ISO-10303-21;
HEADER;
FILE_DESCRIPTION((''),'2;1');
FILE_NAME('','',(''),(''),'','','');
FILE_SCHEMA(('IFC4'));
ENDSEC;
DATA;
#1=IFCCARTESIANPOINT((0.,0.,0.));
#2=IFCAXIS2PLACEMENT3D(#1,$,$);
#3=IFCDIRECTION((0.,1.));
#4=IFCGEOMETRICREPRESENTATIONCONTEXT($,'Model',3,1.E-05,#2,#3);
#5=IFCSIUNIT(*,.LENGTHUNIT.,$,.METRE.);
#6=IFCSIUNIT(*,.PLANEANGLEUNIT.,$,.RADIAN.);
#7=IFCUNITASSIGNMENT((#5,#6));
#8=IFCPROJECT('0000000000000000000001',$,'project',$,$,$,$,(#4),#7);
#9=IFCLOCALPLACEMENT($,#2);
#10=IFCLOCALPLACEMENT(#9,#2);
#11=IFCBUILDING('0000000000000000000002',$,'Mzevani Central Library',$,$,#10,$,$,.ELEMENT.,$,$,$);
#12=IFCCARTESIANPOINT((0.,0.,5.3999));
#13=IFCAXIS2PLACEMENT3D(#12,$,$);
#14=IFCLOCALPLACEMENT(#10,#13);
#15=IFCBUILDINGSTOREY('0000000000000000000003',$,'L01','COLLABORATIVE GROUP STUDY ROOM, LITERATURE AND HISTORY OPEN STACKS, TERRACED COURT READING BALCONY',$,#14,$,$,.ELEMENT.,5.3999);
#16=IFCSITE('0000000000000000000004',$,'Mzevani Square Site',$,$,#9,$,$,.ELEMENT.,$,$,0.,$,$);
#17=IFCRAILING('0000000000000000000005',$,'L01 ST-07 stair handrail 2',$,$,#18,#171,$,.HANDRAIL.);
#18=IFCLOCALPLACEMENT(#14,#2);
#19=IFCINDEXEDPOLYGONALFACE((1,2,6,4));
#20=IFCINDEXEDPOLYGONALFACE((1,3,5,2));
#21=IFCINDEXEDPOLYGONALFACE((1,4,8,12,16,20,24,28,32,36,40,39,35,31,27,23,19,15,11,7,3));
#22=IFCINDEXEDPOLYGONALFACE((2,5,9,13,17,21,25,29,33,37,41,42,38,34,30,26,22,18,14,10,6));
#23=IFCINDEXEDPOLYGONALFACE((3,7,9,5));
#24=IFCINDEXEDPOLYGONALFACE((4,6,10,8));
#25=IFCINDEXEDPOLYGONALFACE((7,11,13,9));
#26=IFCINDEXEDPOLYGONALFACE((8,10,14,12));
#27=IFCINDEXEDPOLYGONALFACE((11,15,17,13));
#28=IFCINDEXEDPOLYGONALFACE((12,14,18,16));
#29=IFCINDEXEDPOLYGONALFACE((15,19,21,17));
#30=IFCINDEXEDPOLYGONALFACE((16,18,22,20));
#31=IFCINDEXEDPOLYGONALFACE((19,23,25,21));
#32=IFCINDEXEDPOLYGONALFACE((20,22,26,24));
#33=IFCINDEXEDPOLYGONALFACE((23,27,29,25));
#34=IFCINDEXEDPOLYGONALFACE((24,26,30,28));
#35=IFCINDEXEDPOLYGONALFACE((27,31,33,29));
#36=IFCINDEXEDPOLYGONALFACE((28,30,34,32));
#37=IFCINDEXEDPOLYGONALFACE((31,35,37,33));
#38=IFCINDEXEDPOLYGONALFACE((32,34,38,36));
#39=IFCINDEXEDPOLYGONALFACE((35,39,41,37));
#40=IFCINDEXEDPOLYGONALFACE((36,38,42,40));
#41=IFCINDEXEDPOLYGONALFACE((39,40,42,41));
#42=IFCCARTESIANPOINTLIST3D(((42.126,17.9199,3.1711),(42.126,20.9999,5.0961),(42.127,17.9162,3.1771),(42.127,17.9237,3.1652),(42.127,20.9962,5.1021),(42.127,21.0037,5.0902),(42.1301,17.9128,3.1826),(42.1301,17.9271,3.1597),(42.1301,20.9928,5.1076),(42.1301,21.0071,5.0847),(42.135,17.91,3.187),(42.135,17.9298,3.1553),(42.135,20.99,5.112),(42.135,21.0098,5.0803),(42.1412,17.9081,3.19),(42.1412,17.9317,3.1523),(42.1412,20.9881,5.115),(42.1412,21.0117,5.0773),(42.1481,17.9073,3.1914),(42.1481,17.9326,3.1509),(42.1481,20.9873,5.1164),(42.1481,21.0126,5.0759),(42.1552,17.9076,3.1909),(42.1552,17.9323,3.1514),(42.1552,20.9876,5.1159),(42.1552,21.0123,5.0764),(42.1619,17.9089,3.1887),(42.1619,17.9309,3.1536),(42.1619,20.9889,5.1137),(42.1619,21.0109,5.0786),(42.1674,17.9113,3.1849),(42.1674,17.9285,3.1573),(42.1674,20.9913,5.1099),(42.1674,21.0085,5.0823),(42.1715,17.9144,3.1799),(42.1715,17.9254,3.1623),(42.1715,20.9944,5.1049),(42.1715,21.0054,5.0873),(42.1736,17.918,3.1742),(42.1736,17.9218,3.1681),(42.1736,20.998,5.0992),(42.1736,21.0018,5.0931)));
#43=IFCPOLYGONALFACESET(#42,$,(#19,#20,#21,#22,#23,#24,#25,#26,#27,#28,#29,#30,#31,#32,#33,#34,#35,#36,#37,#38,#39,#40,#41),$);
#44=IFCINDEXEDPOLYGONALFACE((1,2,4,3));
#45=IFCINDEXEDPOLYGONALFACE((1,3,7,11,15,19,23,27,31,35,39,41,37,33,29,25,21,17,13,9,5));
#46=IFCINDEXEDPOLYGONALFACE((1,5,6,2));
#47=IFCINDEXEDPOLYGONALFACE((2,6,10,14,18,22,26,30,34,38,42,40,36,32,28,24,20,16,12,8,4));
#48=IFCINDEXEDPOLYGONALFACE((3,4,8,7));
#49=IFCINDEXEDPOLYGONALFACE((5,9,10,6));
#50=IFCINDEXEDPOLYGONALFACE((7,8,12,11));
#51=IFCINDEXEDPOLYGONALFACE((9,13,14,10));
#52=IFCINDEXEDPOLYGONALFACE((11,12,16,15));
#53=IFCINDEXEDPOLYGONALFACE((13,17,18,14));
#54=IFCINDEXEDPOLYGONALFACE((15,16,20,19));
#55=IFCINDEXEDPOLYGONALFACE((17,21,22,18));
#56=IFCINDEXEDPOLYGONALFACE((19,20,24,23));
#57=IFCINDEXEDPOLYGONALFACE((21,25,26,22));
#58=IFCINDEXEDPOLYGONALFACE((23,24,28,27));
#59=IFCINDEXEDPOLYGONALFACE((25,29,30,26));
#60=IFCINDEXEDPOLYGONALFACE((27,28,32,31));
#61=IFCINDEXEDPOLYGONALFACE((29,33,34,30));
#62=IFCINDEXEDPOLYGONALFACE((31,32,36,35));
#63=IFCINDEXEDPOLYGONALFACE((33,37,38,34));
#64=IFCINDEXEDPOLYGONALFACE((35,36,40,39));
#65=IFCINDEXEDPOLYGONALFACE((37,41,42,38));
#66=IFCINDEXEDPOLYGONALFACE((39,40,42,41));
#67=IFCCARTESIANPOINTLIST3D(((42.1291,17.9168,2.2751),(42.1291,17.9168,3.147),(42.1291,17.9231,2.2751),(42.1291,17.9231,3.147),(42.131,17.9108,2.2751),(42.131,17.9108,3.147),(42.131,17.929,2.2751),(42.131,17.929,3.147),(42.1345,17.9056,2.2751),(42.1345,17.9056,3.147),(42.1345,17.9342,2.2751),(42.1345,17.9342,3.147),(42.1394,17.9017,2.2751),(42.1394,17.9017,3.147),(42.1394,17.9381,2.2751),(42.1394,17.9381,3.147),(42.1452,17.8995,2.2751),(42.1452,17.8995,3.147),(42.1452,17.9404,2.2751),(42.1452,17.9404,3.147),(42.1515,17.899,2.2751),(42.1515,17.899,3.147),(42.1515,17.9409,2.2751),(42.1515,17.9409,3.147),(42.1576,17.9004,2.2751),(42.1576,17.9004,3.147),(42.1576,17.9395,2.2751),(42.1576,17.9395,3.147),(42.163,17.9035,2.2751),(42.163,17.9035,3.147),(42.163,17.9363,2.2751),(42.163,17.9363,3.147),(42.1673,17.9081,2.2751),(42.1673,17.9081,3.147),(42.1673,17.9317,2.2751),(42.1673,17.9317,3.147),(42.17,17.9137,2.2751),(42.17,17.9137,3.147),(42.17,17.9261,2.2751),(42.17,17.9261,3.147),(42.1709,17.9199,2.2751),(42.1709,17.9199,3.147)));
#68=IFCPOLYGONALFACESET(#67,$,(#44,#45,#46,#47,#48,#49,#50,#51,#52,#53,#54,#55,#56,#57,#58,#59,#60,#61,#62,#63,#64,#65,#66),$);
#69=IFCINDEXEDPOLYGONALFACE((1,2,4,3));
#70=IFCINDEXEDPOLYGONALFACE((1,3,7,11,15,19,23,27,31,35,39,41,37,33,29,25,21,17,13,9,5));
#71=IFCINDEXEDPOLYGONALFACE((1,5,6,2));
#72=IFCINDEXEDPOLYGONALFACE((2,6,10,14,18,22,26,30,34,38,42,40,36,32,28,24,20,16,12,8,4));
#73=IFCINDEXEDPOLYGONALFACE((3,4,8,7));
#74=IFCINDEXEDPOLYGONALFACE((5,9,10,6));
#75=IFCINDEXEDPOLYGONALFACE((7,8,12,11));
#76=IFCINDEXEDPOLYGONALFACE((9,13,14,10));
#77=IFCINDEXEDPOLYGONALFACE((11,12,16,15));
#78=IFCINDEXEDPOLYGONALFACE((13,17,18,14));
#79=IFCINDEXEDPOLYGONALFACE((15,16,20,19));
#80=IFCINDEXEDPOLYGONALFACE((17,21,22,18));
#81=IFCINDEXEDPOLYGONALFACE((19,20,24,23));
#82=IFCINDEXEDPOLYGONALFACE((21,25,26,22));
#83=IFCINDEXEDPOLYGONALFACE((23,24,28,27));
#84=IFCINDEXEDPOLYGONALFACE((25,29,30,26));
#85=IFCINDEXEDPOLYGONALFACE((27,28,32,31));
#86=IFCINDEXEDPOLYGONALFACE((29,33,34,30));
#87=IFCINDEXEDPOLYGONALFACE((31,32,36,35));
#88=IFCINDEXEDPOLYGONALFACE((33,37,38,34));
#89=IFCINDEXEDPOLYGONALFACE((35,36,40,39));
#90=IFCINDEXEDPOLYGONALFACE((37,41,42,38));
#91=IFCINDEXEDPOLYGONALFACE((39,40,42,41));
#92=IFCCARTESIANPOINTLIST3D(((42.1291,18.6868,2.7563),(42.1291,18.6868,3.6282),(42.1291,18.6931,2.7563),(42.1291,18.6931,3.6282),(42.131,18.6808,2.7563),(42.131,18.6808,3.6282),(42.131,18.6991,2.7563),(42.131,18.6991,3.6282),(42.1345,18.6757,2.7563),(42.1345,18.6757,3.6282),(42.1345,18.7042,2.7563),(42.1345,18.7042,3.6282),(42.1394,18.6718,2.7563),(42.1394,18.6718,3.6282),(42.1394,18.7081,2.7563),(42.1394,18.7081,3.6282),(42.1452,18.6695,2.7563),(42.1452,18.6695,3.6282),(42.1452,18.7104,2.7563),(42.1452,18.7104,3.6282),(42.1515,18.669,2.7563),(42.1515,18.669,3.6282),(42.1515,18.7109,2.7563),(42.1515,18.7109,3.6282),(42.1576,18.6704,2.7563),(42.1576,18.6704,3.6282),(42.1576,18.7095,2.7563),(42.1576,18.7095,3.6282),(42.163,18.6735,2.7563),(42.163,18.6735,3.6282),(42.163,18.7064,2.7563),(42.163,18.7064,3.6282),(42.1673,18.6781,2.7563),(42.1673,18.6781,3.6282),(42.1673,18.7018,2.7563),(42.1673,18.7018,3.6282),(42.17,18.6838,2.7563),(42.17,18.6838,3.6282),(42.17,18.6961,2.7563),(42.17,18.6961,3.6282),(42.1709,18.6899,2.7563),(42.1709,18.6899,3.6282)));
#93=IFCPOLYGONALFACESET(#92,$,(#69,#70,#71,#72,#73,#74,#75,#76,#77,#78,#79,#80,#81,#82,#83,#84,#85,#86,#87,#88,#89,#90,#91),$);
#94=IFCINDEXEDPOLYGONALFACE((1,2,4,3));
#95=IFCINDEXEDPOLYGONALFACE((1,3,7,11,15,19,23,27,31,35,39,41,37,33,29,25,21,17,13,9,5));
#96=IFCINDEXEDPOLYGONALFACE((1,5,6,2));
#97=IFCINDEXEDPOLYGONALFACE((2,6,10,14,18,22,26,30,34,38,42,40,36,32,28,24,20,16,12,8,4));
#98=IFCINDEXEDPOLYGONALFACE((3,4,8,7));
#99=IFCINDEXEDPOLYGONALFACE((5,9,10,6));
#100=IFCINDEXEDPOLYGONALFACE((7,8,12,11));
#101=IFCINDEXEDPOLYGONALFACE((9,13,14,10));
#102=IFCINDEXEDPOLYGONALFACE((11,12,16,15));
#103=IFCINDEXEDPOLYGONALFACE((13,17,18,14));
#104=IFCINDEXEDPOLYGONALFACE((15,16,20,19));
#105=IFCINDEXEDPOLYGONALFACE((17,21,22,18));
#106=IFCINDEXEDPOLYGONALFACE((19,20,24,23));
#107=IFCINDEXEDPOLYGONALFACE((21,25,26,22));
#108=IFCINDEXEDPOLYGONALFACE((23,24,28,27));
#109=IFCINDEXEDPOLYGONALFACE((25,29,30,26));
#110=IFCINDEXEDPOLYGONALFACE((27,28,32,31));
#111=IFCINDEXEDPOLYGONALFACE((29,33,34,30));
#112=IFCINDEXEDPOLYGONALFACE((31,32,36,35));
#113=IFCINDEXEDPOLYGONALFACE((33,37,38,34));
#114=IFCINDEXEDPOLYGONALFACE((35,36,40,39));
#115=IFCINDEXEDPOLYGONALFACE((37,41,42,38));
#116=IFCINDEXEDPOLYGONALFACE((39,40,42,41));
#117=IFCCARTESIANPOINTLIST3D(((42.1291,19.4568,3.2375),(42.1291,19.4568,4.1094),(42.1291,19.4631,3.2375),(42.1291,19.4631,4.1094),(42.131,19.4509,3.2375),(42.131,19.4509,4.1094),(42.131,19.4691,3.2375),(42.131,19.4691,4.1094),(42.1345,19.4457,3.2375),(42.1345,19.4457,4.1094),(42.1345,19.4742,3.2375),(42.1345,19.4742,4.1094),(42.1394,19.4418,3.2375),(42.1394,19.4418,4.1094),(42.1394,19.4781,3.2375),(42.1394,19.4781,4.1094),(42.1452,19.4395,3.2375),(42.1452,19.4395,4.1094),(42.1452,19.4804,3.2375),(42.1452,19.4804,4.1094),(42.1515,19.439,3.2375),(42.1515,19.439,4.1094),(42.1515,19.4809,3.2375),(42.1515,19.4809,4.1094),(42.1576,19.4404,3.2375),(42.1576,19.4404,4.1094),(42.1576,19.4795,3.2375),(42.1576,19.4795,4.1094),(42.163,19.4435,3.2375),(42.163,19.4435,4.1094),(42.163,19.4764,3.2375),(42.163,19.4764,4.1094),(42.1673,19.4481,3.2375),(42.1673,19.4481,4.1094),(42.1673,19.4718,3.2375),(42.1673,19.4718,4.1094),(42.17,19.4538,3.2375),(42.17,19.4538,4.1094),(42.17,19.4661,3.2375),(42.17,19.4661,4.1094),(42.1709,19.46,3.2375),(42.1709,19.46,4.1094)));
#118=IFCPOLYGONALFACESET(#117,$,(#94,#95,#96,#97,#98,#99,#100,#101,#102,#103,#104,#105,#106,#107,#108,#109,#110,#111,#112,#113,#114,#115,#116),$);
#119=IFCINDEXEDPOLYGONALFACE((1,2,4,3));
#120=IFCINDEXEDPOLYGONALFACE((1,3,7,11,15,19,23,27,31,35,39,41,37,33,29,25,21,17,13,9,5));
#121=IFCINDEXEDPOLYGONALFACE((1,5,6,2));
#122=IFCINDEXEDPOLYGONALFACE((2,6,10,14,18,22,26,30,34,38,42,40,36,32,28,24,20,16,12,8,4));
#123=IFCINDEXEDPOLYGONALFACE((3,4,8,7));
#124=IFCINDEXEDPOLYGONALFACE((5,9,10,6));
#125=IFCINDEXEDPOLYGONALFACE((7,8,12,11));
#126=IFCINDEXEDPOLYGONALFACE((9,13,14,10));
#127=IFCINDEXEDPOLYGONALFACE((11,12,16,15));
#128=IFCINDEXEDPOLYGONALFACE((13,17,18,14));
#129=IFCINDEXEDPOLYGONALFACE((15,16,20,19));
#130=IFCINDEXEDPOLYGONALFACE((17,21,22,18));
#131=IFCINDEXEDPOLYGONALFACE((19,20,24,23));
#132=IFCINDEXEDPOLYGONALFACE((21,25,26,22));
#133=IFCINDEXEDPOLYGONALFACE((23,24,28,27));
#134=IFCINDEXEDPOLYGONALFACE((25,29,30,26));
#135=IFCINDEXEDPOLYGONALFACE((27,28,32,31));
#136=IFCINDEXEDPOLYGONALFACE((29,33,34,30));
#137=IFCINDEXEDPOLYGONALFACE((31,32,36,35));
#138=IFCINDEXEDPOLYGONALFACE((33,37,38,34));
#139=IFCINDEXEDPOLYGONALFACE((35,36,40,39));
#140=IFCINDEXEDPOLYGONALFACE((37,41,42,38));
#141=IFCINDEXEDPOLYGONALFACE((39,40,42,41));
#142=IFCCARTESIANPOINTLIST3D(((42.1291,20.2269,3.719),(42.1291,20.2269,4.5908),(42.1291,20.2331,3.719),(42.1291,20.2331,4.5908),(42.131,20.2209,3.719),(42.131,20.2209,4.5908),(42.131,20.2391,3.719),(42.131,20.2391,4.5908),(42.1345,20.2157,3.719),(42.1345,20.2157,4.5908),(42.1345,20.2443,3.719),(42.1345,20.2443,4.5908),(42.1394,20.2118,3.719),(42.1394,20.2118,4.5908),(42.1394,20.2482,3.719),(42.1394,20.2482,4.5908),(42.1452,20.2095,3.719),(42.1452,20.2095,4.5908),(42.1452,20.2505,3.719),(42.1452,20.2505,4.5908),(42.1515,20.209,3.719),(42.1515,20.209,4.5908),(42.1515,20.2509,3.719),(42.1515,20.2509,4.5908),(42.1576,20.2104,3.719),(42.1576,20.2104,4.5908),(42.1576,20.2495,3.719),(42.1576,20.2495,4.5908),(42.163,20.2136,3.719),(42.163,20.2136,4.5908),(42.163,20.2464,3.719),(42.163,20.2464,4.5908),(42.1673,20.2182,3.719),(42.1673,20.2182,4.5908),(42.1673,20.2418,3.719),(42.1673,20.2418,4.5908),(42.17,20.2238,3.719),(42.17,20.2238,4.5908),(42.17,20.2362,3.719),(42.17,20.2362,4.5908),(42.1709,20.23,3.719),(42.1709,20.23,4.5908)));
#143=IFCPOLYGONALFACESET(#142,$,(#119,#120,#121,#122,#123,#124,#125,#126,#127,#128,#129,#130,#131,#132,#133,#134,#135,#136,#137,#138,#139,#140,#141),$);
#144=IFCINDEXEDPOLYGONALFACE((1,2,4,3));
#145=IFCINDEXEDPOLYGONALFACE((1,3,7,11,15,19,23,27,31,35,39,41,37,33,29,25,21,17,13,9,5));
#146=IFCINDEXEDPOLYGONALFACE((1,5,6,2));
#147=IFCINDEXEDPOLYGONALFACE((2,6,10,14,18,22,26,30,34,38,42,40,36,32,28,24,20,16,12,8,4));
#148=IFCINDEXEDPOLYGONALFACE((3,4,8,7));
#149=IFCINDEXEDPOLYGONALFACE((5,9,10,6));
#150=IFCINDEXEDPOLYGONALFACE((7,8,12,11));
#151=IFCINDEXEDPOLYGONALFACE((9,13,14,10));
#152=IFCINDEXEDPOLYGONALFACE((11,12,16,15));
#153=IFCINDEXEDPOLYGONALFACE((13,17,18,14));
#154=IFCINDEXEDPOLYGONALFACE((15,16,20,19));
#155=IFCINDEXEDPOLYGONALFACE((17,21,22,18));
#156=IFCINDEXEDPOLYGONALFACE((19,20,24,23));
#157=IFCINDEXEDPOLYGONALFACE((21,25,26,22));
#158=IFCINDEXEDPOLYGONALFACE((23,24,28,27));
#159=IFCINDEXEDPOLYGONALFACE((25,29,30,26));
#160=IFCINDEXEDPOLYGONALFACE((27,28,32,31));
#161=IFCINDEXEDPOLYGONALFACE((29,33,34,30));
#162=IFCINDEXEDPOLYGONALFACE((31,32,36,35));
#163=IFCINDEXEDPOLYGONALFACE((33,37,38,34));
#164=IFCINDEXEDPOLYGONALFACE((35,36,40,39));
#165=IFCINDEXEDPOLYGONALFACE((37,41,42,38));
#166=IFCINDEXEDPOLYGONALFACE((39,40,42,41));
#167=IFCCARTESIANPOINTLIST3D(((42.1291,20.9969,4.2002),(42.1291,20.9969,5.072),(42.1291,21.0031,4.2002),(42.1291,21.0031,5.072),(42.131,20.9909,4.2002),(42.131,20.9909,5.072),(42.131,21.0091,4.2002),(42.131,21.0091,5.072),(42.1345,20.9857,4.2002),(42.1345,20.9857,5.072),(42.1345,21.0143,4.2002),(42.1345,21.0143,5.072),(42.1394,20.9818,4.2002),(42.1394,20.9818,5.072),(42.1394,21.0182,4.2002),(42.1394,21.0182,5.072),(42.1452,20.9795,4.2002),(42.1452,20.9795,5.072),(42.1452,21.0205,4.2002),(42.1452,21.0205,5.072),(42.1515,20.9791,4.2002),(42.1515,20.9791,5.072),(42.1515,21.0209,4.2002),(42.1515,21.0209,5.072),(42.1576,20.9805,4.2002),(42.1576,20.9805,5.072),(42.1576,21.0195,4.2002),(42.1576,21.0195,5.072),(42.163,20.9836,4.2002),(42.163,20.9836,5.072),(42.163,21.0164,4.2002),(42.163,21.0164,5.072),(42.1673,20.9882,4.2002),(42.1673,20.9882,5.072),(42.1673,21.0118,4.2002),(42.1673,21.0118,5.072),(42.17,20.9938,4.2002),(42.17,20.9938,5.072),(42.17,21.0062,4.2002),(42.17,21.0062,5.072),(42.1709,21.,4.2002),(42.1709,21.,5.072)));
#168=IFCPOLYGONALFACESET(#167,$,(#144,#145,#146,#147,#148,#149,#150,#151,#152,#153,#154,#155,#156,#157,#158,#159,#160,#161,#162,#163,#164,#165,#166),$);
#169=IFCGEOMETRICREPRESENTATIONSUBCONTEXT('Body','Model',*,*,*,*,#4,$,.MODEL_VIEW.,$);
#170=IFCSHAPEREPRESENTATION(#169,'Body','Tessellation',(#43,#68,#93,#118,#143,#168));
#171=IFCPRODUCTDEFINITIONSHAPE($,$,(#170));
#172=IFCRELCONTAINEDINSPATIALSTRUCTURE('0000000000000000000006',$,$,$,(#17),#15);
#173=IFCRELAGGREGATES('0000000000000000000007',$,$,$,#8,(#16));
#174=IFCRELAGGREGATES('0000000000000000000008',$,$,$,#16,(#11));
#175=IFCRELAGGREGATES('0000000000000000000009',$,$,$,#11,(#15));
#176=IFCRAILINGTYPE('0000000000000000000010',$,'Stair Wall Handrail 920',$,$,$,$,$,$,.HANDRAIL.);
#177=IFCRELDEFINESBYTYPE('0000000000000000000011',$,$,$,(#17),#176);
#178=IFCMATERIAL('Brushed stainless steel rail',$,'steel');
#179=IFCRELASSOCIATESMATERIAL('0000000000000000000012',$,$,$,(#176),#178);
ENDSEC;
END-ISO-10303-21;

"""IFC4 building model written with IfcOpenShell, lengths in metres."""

from ifc_helpers import new_model, si_unit, direction, frame, origin, origin_2d, place, context, subcontext, project, spatial, circle, extrude, material, type_object, element, save


model = new_model("IFC4")

# Units and contexts
model_context = context("Model", 3, precision=1e-05, world=origin(), true_north=direction((0.0, 1.0)))
body_context = subcontext(model_context, "Body", "Model", "MODEL_VIEW")
ifc_project = project(units=[si_unit("LENGTHUNIT", "METRE"), si_unit("PLANEANGLEUNIT", "RADIAN")], contexts=[model_context])

# Site, building, storey
site_placement = place(None, origin())
site = spatial("IfcSite", under=ifc_project, at=site_placement, Name="Mzevani Square Site", CompositionType="ELEMENT", RefElevation=0.0)
building_placement = place(site_placement, origin())
building = spatial("IfcBuilding", under=site, at=building_placement, Name="Mzevani Central Library", CompositionType="ELEMENT")
storey_placement = place(building_placement, frame((0.0, 0.0, 5.3999)))
storey = spatial("IfcBuildingStorey", under=building, at=storey_placement, Name="L01", Description="COLLABORATIVE GROUP STUDY ROOM, LITERATURE AND HISTORY OPEN STACKS, TERRACED COURT READING BALCONY", CompositionType="ELEMENT", Elevation=5.3999)

# Shared definitions
ifc_material_1 = material(Name="Brushed stainless steel rail", Category="steel")

# Railing
railing_type_1 = type_object("IfcRailingType", Name="Stair Wall Handrail 920", PredefinedType="HANDRAIL", material=ifc_material_1)
railing_1_placement = place(storey_placement, frame((42.1499, 17.9199, 2.2751)))
element("IfcRailing", 1, at=railing_1_placement, inside=storey, type_object=railing_type_1, Name="L01 ST-07 stair handrail 2", PredefinedType="HANDRAIL", context=body_context, shape_type="SweptSolid", body=[
    extrude(circle(Radius=0.0239, at=origin_2d()), frame((0.0, 0.0, 0.896), z_axis=(0.0, 0.847998, 0.529999), x_axis=(-1.0, 0.0, 0.0)), (0.0, 0.0, 1.0), 3.6321),
    extrude(circle(Radius=0.021, at=origin_2d()), origin(), (0.0, 0.0, 1.0), 0.8718),
    extrude(circle(Radius=0.021, at=origin_2d()), frame((0.0, 0.77, 0.4812)), (0.0, 0.0, 1.0), 0.8718),
    extrude(circle(Radius=0.021, at=origin_2d()), frame((0.0, 1.54, 0.9624)), (0.0, 0.0, 1.0), 0.8718),
    extrude(circle(Radius=0.021, at=origin_2d()), frame((0.0, 2.3101, 1.4438)), (0.0, 0.0, 1.0), 0.8718),
    extrude(circle(Radius=0.021, at=origin_2d()), frame((0.0, 3.0801, 1.925)), (0.0, 0.0, 1.0), 0.8718),
])

save(model, "model.ifc")
